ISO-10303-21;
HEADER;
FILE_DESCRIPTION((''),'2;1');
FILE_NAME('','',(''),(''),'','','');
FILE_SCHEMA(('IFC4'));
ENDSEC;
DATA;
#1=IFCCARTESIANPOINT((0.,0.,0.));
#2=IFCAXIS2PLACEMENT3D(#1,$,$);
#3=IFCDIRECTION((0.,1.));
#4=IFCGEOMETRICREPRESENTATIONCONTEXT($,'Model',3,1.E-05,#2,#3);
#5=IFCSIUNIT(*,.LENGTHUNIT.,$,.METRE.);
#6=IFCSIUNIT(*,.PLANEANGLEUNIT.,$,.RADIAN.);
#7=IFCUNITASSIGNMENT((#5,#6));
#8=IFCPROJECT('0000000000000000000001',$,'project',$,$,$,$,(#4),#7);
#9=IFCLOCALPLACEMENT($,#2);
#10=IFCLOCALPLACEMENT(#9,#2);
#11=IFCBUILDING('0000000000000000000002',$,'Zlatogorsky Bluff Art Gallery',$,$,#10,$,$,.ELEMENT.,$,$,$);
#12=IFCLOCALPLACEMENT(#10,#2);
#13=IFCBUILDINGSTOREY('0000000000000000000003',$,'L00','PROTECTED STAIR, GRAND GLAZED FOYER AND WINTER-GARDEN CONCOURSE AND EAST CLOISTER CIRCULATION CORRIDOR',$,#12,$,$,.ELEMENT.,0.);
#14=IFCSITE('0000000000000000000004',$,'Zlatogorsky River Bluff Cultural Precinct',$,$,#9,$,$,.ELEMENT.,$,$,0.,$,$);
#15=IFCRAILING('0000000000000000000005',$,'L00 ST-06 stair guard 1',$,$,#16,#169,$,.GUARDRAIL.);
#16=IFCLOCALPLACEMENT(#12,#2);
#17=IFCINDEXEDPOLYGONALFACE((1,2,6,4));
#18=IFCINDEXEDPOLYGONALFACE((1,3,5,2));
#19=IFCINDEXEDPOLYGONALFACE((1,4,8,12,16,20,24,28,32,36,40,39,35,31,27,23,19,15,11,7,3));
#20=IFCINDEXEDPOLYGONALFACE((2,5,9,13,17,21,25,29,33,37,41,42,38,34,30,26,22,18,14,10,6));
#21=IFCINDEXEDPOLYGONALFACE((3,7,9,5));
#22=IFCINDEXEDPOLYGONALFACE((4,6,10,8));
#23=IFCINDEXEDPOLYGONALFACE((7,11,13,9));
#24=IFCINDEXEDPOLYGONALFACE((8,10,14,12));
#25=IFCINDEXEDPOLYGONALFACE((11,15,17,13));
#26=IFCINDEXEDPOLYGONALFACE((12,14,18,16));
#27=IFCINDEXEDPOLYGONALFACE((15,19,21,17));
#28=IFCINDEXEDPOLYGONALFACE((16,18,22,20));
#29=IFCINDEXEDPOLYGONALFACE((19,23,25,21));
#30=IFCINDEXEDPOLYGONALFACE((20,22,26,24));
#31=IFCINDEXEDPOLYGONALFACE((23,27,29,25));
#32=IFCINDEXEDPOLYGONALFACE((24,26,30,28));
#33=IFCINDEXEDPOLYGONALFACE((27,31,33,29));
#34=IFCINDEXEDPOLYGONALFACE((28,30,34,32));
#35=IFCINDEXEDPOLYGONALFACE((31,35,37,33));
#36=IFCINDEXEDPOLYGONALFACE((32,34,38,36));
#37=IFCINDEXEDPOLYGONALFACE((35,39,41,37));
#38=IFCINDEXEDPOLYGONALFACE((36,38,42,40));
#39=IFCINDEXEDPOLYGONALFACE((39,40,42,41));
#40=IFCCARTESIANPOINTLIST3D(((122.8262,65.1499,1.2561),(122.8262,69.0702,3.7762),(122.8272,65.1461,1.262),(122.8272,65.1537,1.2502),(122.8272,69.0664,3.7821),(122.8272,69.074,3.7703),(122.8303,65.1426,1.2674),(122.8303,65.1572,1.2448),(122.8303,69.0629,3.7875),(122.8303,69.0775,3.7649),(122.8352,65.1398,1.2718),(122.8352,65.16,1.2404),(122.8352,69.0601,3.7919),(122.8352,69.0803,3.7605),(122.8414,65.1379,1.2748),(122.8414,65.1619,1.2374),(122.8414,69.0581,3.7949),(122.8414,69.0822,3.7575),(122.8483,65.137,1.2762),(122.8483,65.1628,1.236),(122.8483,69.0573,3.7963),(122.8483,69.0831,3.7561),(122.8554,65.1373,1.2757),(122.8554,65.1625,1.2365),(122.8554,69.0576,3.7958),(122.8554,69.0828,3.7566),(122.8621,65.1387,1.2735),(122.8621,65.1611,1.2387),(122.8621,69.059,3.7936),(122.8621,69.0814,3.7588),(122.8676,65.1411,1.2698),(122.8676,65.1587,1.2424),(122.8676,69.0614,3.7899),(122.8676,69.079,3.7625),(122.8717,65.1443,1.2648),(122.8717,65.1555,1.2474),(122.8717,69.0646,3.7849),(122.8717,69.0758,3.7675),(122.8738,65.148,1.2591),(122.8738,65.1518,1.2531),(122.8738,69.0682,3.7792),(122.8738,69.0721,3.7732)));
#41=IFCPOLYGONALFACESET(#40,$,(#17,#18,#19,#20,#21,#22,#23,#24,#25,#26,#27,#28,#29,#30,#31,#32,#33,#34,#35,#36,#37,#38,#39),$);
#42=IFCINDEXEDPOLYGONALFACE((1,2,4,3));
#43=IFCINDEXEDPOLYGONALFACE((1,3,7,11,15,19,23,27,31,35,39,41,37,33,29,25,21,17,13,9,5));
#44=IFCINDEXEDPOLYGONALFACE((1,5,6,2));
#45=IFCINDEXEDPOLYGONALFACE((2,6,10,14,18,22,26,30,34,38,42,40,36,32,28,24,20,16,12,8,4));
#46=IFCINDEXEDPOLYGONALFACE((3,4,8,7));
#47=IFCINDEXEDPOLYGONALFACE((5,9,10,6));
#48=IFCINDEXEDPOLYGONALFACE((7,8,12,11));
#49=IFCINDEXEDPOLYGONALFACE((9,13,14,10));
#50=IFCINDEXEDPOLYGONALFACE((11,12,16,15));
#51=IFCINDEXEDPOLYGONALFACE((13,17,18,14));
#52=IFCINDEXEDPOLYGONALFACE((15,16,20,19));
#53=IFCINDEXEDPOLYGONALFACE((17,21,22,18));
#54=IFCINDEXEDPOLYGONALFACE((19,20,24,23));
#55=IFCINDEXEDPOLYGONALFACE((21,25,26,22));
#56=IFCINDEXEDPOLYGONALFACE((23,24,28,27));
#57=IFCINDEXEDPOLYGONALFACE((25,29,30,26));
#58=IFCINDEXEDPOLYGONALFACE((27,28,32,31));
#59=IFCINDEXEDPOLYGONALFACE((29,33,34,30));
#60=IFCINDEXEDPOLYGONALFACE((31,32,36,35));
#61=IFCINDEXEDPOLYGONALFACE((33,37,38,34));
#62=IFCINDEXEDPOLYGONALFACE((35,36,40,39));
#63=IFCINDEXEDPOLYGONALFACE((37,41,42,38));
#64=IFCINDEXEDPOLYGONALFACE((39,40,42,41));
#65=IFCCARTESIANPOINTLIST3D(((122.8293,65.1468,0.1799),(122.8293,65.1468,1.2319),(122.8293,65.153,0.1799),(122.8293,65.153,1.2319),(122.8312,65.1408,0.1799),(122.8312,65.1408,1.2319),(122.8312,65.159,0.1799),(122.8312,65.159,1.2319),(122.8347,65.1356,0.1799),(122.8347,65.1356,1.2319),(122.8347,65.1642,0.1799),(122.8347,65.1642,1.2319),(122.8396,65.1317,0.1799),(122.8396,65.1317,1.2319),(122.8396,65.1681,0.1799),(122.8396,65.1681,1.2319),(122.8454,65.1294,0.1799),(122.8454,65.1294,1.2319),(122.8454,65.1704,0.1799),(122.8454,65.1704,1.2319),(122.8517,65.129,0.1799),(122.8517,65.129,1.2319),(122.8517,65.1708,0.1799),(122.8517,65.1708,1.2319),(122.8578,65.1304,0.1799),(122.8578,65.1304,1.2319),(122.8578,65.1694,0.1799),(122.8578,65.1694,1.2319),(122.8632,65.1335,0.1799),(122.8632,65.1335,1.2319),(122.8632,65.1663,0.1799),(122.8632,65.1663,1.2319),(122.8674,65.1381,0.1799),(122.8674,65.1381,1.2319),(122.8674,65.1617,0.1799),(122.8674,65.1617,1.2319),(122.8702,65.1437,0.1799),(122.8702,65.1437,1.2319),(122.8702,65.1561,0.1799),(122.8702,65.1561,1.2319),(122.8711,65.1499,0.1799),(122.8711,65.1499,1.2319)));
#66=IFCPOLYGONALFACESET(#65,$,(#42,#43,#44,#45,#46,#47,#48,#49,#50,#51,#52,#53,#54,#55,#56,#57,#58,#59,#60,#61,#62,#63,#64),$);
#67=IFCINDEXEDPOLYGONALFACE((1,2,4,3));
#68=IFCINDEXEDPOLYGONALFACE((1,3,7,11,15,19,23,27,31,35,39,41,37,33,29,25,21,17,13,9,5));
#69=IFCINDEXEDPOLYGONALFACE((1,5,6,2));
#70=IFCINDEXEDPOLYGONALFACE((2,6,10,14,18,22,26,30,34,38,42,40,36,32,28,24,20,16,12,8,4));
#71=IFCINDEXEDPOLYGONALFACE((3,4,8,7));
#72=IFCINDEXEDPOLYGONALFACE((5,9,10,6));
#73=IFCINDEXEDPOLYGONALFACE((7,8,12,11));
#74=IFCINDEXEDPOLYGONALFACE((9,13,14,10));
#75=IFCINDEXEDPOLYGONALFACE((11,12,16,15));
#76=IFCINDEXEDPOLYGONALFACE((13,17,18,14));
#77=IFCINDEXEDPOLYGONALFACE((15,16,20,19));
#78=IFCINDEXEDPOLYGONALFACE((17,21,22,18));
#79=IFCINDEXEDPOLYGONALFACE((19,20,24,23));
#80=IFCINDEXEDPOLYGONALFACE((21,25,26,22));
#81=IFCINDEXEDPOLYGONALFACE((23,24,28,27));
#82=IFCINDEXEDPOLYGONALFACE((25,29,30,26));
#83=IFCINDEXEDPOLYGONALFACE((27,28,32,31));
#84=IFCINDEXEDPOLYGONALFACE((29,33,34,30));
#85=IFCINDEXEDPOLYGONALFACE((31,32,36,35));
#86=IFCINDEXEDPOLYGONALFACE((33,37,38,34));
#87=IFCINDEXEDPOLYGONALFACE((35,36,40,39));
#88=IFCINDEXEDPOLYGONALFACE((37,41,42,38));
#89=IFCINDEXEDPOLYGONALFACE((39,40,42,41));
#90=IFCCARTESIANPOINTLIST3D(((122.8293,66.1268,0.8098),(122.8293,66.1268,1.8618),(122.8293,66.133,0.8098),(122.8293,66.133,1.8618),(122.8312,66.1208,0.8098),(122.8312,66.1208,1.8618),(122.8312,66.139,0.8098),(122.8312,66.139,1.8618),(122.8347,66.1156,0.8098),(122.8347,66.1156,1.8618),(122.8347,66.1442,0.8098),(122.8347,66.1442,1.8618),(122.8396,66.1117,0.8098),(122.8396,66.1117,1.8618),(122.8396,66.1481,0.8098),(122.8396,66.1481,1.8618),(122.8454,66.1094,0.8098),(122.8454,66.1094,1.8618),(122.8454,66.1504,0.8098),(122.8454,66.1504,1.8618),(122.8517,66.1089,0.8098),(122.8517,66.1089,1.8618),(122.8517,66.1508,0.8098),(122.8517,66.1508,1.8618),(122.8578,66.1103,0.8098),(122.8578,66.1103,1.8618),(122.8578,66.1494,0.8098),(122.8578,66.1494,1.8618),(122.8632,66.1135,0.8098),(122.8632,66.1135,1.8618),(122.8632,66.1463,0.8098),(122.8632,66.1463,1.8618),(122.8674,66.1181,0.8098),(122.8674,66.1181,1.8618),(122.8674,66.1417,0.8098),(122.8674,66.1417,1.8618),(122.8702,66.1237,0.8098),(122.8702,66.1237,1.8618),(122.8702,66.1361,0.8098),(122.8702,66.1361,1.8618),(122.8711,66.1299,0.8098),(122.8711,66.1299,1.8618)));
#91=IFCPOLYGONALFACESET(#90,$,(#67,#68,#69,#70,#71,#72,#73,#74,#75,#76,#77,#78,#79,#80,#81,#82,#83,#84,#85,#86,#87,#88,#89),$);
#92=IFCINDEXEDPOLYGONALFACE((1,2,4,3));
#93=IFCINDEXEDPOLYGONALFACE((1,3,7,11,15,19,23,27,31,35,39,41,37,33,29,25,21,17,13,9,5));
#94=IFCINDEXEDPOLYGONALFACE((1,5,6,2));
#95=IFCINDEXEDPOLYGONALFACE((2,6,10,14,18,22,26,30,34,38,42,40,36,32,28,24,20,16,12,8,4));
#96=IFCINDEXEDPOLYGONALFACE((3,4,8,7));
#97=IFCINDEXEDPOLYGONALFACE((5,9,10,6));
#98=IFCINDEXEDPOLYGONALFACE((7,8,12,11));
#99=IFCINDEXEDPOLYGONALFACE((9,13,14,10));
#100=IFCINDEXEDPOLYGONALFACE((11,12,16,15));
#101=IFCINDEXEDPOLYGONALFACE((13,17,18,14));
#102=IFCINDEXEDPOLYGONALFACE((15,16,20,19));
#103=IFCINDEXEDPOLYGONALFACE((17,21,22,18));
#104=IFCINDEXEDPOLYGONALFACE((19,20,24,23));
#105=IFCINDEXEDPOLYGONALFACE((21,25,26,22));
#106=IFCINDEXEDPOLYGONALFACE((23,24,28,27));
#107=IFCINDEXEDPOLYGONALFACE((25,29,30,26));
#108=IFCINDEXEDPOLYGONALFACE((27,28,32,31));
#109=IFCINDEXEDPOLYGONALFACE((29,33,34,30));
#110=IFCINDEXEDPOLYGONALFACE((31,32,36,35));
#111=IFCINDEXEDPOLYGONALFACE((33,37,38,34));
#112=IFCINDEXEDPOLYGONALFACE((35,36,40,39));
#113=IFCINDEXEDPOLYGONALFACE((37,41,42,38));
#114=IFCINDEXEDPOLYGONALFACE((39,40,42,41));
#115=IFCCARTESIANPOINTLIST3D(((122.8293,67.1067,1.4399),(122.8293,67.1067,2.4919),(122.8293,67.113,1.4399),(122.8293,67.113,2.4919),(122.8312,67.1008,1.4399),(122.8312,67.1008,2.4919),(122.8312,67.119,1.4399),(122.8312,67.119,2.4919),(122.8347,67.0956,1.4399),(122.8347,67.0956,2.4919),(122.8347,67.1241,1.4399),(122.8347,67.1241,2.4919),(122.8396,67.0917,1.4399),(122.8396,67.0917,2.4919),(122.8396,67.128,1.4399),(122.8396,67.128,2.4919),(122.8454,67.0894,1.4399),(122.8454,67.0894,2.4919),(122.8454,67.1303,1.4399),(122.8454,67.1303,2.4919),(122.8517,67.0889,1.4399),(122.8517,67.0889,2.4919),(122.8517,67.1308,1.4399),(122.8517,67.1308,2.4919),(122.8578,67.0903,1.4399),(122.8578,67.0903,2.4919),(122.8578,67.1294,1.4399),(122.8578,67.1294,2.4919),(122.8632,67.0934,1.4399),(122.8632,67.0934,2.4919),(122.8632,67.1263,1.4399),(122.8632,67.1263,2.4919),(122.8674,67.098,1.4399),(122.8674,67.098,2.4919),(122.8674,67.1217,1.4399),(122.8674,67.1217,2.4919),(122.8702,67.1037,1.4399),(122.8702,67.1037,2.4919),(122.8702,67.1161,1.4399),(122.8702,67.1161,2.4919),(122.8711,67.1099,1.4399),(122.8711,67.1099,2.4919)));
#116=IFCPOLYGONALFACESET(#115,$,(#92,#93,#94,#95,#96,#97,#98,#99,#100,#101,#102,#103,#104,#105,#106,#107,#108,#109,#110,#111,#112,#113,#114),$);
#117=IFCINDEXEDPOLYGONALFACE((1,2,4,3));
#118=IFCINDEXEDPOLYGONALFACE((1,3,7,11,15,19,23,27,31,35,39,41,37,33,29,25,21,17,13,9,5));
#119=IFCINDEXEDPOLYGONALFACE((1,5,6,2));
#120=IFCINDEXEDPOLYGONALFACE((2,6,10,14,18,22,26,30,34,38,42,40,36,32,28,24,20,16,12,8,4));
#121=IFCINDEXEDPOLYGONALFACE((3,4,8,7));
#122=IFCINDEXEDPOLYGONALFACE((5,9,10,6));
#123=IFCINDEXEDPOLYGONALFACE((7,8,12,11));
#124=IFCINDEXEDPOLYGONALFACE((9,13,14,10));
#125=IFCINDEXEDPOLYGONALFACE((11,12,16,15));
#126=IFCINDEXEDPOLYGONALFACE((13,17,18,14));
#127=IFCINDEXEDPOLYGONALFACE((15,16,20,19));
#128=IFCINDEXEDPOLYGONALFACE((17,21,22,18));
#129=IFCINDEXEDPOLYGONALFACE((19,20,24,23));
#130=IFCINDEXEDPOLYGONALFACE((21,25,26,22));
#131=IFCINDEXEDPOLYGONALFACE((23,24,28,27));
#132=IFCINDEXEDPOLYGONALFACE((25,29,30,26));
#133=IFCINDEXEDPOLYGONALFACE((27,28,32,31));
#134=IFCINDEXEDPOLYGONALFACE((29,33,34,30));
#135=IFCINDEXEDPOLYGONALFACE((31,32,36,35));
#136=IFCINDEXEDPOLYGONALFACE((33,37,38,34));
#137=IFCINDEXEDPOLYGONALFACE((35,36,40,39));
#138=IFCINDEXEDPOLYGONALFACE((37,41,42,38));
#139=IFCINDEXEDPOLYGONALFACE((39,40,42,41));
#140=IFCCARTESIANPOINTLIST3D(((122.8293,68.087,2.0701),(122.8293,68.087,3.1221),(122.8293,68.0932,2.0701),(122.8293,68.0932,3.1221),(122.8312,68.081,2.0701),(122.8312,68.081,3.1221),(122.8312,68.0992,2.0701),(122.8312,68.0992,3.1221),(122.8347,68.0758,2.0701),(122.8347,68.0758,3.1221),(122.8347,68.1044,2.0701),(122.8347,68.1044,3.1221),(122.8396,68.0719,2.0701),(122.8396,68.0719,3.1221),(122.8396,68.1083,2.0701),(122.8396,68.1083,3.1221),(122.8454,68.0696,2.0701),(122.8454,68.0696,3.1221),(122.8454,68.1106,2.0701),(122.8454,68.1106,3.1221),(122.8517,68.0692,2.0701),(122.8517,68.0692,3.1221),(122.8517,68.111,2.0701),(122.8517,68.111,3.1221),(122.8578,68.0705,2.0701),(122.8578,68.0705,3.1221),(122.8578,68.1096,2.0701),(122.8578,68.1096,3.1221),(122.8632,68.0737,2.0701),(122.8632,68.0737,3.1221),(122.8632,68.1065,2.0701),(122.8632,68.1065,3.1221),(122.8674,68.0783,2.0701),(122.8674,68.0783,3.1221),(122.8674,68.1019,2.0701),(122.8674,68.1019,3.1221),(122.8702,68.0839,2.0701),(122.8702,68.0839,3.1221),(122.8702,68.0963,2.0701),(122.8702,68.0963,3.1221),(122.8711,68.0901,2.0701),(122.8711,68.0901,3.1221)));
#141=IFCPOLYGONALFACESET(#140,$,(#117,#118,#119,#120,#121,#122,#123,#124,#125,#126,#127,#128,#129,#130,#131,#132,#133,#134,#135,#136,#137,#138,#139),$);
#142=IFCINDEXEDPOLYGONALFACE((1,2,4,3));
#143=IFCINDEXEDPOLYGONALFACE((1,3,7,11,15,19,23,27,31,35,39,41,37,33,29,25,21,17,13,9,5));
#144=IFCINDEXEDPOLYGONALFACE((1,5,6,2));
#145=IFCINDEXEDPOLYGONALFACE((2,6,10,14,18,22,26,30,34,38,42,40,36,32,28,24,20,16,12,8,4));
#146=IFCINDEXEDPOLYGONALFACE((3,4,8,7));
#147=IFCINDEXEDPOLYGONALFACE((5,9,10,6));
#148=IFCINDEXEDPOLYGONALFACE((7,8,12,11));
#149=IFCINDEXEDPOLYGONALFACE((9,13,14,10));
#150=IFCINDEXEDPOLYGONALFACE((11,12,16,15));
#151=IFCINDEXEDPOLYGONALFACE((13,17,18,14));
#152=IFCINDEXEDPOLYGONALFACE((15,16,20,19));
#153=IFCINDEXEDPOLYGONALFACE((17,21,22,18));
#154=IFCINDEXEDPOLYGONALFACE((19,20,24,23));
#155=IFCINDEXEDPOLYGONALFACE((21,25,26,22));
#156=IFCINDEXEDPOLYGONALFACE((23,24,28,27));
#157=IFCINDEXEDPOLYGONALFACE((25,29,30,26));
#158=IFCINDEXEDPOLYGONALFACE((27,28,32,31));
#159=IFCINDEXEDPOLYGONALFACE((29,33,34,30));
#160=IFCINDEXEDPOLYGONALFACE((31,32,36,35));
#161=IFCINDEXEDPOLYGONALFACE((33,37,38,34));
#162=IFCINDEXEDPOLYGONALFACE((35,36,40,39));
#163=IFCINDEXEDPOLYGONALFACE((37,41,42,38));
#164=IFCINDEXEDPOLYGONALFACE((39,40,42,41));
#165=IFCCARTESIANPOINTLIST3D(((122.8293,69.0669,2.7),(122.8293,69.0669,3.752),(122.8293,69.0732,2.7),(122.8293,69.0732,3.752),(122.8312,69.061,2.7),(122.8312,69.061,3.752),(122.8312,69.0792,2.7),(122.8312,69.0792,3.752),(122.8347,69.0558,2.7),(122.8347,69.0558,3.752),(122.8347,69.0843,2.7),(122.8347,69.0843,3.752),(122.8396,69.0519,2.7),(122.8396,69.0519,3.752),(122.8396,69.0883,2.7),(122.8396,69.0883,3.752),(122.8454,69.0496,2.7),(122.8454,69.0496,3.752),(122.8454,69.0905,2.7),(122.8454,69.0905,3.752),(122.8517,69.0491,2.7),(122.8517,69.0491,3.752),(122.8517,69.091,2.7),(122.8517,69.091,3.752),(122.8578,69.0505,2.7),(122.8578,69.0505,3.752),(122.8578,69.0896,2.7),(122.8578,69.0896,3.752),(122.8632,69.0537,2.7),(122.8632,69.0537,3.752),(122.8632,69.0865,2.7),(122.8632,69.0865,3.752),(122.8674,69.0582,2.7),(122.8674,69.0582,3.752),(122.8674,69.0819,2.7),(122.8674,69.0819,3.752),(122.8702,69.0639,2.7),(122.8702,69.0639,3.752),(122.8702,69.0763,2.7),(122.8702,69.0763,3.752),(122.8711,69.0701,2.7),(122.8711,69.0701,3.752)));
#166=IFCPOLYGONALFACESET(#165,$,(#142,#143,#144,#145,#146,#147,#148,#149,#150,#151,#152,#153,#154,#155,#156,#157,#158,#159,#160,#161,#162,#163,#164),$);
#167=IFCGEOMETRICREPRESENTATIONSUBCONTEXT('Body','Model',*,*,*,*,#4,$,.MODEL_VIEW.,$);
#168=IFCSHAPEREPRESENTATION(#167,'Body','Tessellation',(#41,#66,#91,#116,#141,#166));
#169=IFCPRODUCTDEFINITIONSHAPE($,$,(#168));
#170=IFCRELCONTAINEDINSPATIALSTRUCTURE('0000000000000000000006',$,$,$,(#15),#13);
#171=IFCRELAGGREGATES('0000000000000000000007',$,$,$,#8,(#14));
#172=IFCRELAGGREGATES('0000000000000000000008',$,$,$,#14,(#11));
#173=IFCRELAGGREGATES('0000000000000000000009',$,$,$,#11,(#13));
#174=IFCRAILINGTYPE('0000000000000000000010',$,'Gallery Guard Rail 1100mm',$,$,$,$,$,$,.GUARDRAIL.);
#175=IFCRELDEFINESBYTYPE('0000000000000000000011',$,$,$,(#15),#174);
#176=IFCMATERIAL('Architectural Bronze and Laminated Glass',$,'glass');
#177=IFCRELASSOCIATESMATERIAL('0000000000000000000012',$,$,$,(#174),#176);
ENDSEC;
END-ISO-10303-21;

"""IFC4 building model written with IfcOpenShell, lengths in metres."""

from ifc_helpers import new_model, si_unit, direction, frame, origin, origin_2d, place, context, subcontext, project, spatial, circle, extrude, material, type_object, element, save


model = new_model("IFC4")

# Units and contexts
model_context = context("Model", 3, precision=1e-05, world=origin(), true_north=direction((0.0, 1.0)))
body_context = subcontext(model_context, "Body", "Model", "MODEL_VIEW")
ifc_project = project(units=[si_unit("LENGTHUNIT", "METRE"), si_unit("PLANEANGLEUNIT", "RADIAN")], contexts=[model_context])

# Site, building, storey
site_placement = place(None, origin())
site = spatial("IfcSite", under=ifc_project, at=site_placement, Name="Zlatogorsky River Bluff Cultural Precinct", CompositionType="ELEMENT", RefElevation=0.0)
building_placement = place(site_placement, origin())
building = spatial("IfcBuilding", under=site, at=building_placement, Name="Zlatogorsky Bluff Art Gallery", CompositionType="ELEMENT")
storey_placement = place(building_placement, origin())
storey = spatial("IfcBuildingStorey", under=building, at=storey_placement, Name="L00", Description="PROTECTED STAIR, GRAND GLAZED FOYER AND WINTER-GARDEN CONCOURSE AND EAST CLOISTER CIRCULATION CORRIDOR", CompositionType="ELEMENT", Elevation=0.0)

# Railing
ifc_material_1 = material(Name="Architectural Bronze and Laminated Glass", Category="glass")
railing_type_1 = type_object("IfcRailingType", Name="Gallery Guard Rail 1100mm", PredefinedType="GUARDRAIL", material=ifc_material_1)
railing_1_placement = place(storey_placement, frame((122.8501, 65.1499, 0.1799)))
element("IfcRailing", 1, at=railing_1_placement, inside=storey, type_object=railing_type_1, Name="L00 ST-06 stair guard 1", PredefinedType="GUARDRAIL", context=body_context, shape_type="SweptSolid", body=[
    extrude(circle(Radius=0.0239, at=origin_2d()), frame((0.0, 0.0, 1.0762), z_axis=(0.0, 0.841187, 0.540744), x_axis=(-1.0, 0.0, 0.0)), (0.0, 0.0, 1.0), 4.6604),
    extrude(circle(Radius=0.021, at=origin_2d()), origin(), (0.0, 0.0, 1.0), 1.052),
    extrude(circle(Radius=0.021, at=origin_2d()), frame((0.0, 0.98, 0.6299)), (0.0, 0.0, 1.0), 1.052),
    extrude(circle(Radius=0.021, at=origin_2d()), frame((0.0, 1.96, 1.26)), (0.0, 0.0, 1.0), 1.052),
    extrude(circle(Radius=0.021, at=origin_2d()), frame((0.0, 2.9402, 1.8901)), (0.0, 0.0, 1.0), 1.052),
    extrude(circle(Radius=0.021, at=origin_2d()), frame((0.0, 3.9202, 2.52)), (0.0, 0.0, 1.0), 1.052),
])

save(model, "model.ifc")
